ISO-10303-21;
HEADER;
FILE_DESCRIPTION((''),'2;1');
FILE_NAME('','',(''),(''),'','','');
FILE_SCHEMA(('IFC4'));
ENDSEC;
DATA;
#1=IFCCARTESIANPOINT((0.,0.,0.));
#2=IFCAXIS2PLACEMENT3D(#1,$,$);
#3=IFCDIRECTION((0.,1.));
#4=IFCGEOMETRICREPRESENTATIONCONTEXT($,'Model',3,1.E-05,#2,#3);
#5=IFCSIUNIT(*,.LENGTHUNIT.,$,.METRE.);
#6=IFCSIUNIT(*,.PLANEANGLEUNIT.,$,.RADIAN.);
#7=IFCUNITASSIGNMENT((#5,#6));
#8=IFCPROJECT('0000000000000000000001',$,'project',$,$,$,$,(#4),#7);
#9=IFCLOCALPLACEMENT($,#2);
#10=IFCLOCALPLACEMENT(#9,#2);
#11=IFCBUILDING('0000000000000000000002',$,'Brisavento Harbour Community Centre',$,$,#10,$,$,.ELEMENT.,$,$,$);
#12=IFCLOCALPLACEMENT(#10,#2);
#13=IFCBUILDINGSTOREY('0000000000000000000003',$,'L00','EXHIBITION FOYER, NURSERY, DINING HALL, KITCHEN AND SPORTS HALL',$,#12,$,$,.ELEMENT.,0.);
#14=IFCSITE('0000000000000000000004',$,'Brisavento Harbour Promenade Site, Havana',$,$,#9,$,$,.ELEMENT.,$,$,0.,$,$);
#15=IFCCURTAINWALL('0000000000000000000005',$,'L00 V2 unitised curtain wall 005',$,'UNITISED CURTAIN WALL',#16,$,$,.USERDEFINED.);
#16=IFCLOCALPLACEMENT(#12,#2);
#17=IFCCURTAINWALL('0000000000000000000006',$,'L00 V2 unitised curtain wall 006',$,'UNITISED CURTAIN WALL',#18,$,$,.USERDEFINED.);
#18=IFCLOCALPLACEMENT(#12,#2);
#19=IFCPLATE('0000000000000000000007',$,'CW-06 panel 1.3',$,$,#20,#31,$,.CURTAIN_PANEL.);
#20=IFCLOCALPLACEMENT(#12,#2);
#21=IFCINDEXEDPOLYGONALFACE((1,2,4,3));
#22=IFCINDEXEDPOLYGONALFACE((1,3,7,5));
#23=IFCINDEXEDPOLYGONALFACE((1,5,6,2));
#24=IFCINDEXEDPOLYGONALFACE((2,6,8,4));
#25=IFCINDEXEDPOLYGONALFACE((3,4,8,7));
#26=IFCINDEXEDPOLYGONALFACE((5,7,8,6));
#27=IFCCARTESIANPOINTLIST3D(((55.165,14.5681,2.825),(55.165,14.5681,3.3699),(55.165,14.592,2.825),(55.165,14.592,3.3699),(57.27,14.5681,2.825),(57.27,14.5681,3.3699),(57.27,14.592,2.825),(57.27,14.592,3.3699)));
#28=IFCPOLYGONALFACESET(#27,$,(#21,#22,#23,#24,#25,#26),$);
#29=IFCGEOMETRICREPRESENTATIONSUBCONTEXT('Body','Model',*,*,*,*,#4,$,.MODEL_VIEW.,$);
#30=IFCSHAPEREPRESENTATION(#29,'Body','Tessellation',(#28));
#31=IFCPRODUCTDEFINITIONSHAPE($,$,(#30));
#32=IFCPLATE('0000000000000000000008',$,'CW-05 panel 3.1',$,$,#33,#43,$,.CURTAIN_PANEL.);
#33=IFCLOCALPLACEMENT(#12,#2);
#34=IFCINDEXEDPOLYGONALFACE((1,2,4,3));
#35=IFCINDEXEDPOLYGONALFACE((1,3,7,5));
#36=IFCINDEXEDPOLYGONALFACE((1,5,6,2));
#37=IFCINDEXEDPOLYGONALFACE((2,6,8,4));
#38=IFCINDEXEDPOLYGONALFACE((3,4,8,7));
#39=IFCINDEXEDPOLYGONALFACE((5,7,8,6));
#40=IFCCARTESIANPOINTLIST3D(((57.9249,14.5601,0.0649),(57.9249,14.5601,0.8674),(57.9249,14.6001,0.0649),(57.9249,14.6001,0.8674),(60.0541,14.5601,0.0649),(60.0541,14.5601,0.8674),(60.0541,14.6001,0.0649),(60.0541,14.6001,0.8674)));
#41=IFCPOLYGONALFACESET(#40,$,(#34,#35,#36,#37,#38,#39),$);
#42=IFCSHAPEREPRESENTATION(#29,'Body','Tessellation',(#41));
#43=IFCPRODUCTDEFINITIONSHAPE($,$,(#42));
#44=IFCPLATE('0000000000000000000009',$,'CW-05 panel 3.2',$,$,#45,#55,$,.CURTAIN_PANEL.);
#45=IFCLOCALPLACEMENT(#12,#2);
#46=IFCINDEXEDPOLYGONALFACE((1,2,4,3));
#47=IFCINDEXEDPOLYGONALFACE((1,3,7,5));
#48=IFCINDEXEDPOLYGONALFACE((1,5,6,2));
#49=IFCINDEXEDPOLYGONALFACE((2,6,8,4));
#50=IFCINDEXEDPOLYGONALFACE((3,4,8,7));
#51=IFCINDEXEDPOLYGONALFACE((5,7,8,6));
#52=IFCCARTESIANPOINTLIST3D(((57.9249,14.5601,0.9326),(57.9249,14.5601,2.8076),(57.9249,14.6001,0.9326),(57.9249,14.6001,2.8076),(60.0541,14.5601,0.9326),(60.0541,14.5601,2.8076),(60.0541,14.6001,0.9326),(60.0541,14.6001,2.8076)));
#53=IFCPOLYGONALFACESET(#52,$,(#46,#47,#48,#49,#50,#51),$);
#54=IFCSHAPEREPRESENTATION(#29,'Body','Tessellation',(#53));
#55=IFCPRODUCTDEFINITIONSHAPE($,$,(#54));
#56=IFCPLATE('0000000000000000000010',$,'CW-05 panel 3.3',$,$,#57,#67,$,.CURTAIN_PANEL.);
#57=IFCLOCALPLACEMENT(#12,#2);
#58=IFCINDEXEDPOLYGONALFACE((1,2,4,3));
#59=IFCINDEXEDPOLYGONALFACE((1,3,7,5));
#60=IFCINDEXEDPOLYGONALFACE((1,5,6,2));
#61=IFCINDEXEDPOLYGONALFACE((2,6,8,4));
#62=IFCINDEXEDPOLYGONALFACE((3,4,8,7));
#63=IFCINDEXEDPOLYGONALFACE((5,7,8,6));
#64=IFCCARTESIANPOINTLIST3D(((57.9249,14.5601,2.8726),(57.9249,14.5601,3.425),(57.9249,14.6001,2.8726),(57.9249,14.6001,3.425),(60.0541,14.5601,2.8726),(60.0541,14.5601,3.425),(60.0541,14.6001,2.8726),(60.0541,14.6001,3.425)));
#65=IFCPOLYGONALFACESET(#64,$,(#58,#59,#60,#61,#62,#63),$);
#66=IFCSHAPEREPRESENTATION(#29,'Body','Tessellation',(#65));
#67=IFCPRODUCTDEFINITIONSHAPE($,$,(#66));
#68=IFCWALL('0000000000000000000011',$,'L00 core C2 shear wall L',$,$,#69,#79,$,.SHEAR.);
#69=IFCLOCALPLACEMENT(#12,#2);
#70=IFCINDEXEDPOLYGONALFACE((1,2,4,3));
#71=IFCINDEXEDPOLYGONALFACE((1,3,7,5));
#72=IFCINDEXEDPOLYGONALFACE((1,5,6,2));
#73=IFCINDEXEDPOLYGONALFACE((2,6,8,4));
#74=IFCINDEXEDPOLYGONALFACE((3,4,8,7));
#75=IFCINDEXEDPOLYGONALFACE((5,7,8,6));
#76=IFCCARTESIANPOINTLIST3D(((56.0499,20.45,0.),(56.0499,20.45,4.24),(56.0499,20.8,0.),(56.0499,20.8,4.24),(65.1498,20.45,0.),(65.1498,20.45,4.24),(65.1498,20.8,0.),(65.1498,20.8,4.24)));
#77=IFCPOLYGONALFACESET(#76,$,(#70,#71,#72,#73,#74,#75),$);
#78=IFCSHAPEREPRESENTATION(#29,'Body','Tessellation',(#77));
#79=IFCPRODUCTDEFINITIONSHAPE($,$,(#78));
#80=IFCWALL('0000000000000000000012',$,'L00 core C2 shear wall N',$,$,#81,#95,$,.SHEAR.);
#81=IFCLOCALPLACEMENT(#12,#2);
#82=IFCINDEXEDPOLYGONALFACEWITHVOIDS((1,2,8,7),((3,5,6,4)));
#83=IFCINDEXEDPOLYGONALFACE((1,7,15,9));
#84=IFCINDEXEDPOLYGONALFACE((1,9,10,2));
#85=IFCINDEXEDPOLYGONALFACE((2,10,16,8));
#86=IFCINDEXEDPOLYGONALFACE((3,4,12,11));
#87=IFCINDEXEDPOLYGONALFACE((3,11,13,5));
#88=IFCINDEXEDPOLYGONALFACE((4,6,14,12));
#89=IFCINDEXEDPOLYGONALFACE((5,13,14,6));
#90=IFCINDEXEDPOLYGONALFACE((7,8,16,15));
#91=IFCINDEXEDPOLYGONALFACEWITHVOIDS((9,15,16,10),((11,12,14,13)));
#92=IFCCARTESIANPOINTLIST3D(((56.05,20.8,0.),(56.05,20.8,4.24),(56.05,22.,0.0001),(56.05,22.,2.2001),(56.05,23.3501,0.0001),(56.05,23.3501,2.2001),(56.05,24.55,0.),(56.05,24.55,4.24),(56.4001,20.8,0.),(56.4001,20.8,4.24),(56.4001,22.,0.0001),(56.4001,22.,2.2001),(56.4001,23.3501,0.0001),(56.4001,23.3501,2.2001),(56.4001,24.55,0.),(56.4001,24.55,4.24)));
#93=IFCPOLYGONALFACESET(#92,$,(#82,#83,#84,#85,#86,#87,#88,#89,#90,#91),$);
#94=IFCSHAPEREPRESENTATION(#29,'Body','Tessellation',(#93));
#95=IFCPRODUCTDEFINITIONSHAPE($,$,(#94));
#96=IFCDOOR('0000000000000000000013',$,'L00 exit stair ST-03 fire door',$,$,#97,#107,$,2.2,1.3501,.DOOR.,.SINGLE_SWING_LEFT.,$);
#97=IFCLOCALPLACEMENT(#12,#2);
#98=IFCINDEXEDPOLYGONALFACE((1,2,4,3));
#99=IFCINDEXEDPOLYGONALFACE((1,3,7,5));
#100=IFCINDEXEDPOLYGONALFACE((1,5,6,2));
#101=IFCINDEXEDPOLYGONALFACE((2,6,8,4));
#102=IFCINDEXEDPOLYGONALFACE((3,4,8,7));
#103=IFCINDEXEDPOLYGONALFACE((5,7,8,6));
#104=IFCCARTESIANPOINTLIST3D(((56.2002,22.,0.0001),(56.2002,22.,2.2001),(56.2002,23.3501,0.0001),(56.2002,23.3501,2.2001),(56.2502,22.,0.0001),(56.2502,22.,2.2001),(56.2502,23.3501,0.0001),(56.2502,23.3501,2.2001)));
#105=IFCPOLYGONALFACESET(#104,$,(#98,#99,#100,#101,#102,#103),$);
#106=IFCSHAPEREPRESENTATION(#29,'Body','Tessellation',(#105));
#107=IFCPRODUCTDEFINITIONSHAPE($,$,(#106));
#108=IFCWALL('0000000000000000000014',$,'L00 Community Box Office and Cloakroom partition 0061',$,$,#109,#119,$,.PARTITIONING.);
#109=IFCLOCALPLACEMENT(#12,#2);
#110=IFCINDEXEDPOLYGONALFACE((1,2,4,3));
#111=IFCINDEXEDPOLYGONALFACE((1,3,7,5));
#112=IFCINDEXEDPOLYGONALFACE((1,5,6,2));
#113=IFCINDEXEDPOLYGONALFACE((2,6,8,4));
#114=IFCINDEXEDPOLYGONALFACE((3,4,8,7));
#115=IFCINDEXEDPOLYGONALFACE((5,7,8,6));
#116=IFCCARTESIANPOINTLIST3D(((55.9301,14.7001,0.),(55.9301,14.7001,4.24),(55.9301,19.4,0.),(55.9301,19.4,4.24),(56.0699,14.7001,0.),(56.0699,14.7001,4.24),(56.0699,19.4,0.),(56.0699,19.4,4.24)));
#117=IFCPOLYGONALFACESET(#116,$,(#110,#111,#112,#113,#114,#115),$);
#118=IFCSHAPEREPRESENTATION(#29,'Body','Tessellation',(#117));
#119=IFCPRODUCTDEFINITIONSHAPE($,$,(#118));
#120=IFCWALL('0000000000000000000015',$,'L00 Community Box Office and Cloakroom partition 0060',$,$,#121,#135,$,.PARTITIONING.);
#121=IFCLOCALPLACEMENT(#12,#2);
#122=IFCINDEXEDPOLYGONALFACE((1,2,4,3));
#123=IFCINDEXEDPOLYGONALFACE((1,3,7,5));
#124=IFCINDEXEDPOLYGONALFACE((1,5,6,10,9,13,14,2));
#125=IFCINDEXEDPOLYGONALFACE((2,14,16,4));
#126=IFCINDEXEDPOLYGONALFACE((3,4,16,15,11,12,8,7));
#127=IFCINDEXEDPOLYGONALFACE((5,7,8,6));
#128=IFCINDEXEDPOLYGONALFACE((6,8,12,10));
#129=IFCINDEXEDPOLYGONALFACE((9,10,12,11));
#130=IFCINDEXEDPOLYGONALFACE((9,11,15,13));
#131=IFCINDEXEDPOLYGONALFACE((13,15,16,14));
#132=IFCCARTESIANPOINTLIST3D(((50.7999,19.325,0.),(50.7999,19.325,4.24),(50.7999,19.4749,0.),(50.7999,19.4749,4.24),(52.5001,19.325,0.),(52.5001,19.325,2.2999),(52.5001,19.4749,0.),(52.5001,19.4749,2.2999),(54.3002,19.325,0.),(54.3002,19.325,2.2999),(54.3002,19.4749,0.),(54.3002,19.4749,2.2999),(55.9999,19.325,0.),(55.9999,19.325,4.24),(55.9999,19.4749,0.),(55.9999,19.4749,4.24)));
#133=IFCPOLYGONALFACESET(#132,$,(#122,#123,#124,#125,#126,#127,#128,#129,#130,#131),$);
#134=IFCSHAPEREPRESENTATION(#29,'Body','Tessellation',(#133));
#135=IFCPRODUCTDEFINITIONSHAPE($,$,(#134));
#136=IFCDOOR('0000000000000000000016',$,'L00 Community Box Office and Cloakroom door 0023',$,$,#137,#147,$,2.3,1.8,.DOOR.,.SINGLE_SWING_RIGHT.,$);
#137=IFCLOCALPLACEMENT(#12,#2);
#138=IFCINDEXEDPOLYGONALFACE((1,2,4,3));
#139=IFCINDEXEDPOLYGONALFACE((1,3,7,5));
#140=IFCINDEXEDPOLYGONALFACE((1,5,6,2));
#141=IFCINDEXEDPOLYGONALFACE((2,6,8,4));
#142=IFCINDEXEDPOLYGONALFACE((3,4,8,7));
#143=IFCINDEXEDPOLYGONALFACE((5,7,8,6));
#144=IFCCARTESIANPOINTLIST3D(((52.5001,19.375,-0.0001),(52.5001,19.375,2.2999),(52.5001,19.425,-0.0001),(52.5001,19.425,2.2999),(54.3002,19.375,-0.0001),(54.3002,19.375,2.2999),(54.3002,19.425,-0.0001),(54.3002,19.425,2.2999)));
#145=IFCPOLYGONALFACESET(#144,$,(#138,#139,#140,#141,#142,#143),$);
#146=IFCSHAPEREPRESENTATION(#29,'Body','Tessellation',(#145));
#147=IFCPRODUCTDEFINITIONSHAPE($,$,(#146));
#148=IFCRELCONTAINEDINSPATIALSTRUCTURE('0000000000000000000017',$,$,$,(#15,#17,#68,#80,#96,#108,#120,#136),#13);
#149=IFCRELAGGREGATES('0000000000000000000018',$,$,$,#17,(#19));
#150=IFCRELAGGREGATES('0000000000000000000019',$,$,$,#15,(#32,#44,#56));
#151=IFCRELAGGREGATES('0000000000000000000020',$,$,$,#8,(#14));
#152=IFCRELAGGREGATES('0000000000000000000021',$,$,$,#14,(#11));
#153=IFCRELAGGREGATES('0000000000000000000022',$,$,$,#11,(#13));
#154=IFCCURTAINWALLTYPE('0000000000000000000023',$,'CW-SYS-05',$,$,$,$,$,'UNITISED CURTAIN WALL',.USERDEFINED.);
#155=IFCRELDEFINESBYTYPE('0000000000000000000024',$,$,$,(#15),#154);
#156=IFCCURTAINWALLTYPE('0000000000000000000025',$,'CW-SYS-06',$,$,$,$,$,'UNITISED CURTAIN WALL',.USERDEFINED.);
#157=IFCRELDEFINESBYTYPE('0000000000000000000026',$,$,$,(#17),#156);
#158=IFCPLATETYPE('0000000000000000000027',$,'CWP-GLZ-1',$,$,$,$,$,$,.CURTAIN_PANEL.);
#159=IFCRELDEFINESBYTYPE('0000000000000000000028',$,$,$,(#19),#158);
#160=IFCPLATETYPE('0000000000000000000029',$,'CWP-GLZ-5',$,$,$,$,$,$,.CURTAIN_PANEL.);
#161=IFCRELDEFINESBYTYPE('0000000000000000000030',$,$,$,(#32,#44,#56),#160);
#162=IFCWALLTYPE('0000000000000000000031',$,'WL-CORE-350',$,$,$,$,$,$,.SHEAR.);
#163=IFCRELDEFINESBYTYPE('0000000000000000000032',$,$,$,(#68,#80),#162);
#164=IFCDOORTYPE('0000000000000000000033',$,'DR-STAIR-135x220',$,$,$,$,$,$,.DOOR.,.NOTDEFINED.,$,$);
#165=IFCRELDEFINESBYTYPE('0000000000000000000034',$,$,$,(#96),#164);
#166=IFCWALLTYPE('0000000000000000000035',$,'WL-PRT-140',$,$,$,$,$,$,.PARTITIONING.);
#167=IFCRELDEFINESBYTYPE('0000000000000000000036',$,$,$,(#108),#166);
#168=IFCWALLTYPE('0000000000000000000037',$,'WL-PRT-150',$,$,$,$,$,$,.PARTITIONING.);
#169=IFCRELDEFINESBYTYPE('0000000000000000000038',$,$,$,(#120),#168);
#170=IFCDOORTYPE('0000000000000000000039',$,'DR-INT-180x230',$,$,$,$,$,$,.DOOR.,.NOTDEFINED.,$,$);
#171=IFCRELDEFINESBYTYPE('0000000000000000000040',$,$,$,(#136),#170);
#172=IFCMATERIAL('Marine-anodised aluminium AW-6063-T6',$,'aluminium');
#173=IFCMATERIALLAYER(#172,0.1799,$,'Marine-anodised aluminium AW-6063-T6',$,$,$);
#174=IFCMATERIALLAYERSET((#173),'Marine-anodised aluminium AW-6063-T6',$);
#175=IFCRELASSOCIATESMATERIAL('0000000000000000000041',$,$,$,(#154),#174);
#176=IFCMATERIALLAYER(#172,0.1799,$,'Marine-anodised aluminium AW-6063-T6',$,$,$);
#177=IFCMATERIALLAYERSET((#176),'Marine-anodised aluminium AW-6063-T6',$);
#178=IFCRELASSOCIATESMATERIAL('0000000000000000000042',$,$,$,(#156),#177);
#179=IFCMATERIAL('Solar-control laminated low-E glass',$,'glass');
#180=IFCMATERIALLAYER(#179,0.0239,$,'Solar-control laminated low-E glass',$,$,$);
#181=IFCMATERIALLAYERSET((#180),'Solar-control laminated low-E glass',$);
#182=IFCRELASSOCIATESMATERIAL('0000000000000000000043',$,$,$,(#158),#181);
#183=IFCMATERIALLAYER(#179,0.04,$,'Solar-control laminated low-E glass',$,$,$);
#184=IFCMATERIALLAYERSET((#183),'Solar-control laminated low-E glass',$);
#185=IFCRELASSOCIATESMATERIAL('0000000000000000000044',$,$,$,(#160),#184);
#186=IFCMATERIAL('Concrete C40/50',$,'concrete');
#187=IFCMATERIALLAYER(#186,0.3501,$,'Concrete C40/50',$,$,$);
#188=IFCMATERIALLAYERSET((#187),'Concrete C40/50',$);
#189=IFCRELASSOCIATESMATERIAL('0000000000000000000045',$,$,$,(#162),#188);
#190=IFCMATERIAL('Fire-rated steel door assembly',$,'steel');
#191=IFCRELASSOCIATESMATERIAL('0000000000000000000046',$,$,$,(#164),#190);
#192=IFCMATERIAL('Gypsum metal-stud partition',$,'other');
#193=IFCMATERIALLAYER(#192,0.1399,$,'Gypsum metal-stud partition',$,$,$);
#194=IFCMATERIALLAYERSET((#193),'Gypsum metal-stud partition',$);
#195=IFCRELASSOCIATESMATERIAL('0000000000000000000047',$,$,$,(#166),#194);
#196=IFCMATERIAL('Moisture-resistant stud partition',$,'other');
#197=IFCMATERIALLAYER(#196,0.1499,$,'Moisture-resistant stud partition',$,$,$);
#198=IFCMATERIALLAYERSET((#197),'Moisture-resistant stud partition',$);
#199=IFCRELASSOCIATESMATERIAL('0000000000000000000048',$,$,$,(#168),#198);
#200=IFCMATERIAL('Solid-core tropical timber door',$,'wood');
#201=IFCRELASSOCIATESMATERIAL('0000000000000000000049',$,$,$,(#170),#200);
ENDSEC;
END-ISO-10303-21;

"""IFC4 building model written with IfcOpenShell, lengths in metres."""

from ifc_helpers import new_model, si_unit, direction, frame, frame_2d, origin, origin_2d, place, context, subcontext, project, spatial, rectangle, extrude, material, layer, layer_set, type_object, element, fill, aggregate, save


model = new_model("IFC4")

# Units and contexts
model_context = context("Model", 3, precision=1e-05, world=origin(), true_north=direction((0.0, 1.0)))
body_context = subcontext(model_context, "Body", "Model", "MODEL_VIEW")
ifc_project = project(units=[si_unit("LENGTHUNIT", "METRE"), si_unit("PLANEANGLEUNIT", "RADIAN")], contexts=[model_context])

# Site, building, storey
site_placement = place(None, origin())
site = spatial("IfcSite", under=ifc_project, at=site_placement, Name="Brisavento Harbour Promenade Site, Havana", CompositionType="ELEMENT", RefElevation=0.0)
building_placement = place(site_placement, origin())
building = spatial("IfcBuilding", under=site, at=building_placement, Name="Brisavento Harbour Community Centre", CompositionType="ELEMENT")
storey_placement = place(building_placement, origin())
storey = spatial("IfcBuildingStorey", under=building, at=storey_placement, Name="L00", Description="EXHIBITION FOYER, NURSERY, DINING HALL, KITCHEN AND SPORTS HALL", CompositionType="ELEMENT", Elevation=0.0)

# Curtain wall
ifc_material_1 = material(Name="Marine-anodised aluminium AW-6063-T6", Category="aluminium")
ifc_layer_1 = layer(ifc_material_1, 0.1799, Name="Marine-anodised aluminium AW-6063-T6")
ifc_layer_set_1 = layer_set([ifc_layer_1], Name="Marine-anodised aluminium AW-6063-T6")
curtain_wall_type_1 = type_object("IfcCurtainWallType", Name="CW-SYS-05", ElementType="UNITISED CURTAIN WALL", PredefinedType="USERDEFINED", material=ifc_layer_set_1)
curtain_wall_1_placement = place(storey_placement, origin())
curtain_wall_1 = element("IfcCurtainWall", 1, at=curtain_wall_1_placement, inside=storey, type_object=curtain_wall_type_1, Name="L00 V2 unitised curtain wall 005", ObjectType="UNITISED CURTAIN WALL", PredefinedType="USERDEFINED")

# Curtain wall
ifc_layer_2 = layer(ifc_material_1, 0.1799, Name="Marine-anodised aluminium AW-6063-T6")
ifc_layer_set_2 = layer_set([ifc_layer_2], Name="Marine-anodised aluminium AW-6063-T6")
curtain_wall_type_2 = type_object("IfcCurtainWallType", Name="CW-SYS-06", ElementType="UNITISED CURTAIN WALL", PredefinedType="USERDEFINED", material=ifc_layer_set_2)
curtain_wall_2_placement = place(storey_placement, origin())
curtain_wall_2 = element("IfcCurtainWall", 2, at=curtain_wall_2_placement, inside=storey, type_object=curtain_wall_type_2, Name="L00 V2 unitised curtain wall 006", ObjectType="UNITISED CURTAIN WALL", PredefinedType="USERDEFINED")

# Plates
ifc_material_2 = material(Name="Solar-control laminated low-E glass", Category="glass")
ifc_layer_3 = layer(ifc_material_2, 0.0239, Name="Solar-control laminated low-E glass")
ifc_layer_set_3 = layer_set([ifc_layer_3], Name="Solar-control laminated low-E glass")
plate_type_1 = type_object("IfcPlateType", Name="CWP-GLZ-1", PredefinedType="CURTAIN_PANEL", material=ifc_layer_set_3)
plate_1_placement = place(storey_placement, frame((56.2175, 14.5801, 2.825), z_axis=(0.0, 0.0, 1.0), x_axis=(-1.0, 0.0, 0.0)))
plate_1 = element("IfcPlate", 3, at=plate_1_placement, type_object=plate_type_1, Name="CW-06 panel 1.3", PredefinedType="CURTAIN_PANEL", context=body_context, shape_type="SweptSolid", body=[
    extrude(rectangle(XDim=2.105, YDim=0.0239, at=origin_2d()), origin(), (0.0, 0.0, 1.0), 0.5449),
])
aggregate(curtain_wall_2, [plate_1])
ifc_layer_4 = layer(ifc_material_2, 0.04, Name="Solar-control laminated low-E glass")
ifc_layer_set_4 = layer_set([ifc_layer_4], Name="Solar-control laminated low-E glass")
plate_type_2 = type_object("IfcPlateType", Name="CWP-GLZ-5", PredefinedType="CURTAIN_PANEL", material=ifc_layer_set_4)
plate_2_placement = place(storey_placement, frame((58.9895, 14.5801, 0.0649), z_axis=(0.0, 0.0, 1.0), x_axis=(-1.0, 0.0, 0.0)))
plate_2 = element("IfcPlate", 4, at=plate_2_placement, type_object=plate_type_2, Name="CW-05 panel 3.1", PredefinedType="CURTAIN_PANEL", context=body_context, shape_type="SweptSolid", body=[
    extrude(rectangle(XDim=2.1292, YDim=0.04, at=origin_2d()), origin(), (0.0, 0.0, 1.0), 0.8025),
])
plate_3_placement = place(storey_placement, frame((58.9895, 14.5801, 0.9326), z_axis=(0.0, 0.0, 1.0), x_axis=(-1.0, 0.0, 0.0)))
plate_3 = element("IfcPlate", 5, at=plate_3_placement, type_object=plate_type_2, Name="CW-05 panel 3.2", PredefinedType="CURTAIN_PANEL", context=body_context, shape_type="SweptSolid", body=[
    extrude(rectangle(XDim=2.1292, YDim=0.04, at=origin_2d()), origin(), (0.0, 0.0, 1.0), 1.875),
])
plate_4_placement = place(storey_placement, frame((58.9895, 14.5801, 2.8726), z_axis=(0.0, 0.0, 1.0), x_axis=(-1.0, 0.0, 0.0)))
plate_4 = element("IfcPlate", 6, at=plate_4_placement, type_object=plate_type_2, Name="CW-05 panel 3.3", PredefinedType="CURTAIN_PANEL", context=body_context, shape_type="SweptSolid", body=[
    extrude(rectangle(XDim=2.1292, YDim=0.04, at=origin_2d()), origin(), (0.0, 0.0, 1.0), 0.5525),
])
aggregate(curtain_wall_1, [plate_2, plate_3, plate_4])

# Wall
ifc_material_3 = material(Name="Concrete C40/50", Category="concrete")
ifc_layer_5 = layer(ifc_material_3, 0.3501, Name="Concrete C40/50")
ifc_layer_set_5 = layer_set([ifc_layer_5], Name="Concrete C40/50")
wall_type_1 = type_object("IfcWallType", Name="WL-CORE-350", PredefinedType="SHEAR", material=ifc_layer_set_5)
wall_1_placement = place(storey_placement, frame((56.05, 20.625, 0.0), z_axis=(0.0, 0.0, 1.0), x_axis=(1.0, 0.0, 0.0)))
element("IfcWall", 7, at=wall_1_placement, inside=storey, type_object=wall_type_1, Name="L00 core C2 shear wall L", PredefinedType="SHEAR", context=body_context, shape_type="SweptSolid", body=[
    extrude(rectangle(XDim=9.0999, YDim=0.3501, at=frame_2d((4.5498, 0.0))), origin(), (0.0, 0.0, 1.0), 4.24),
])

# Wall, opening, door
wall_2_placement = place(storey_placement, frame((56.2251, 20.8, 0.0), z_axis=(0.0, 0.0, 1.0), x_axis=(0.0, 1.0, 0.0)))
wall_2 = element("IfcWall", 8, at=wall_2_placement, inside=storey, type_object=wall_type_1, Name="L00 core C2 shear wall N", PredefinedType="SHEAR", context=body_context, shape_type="SweptSolid", body=[
    extrude(rectangle(XDim=3.75, YDim=0.3501, at=frame_2d((1.875, 0.0))), origin(), (0.0, 0.0, 1.0), 4.24),
])
opening_1_placement = place(wall_2_placement, frame((1.2, 0.0, 0.0)))
opening_1 = element("IfcOpeningElement", 9, at=opening_1_placement, cuts=wall_2, PredefinedType="OPENING", context=body_context, shape_type="SweptSolid", body=[
    extrude(rectangle(XDim=1.3501, YDim=2.2, at=frame_2d((0.675, 1.1001))), frame((0.0, 0.1851, 0.0), z_axis=(0.0, -1.0, 0.0), x_axis=(1.0, 0.0, 0.0)), (0.0, 0.0, 1.0), 0.3701),
])
ifc_material_4 = material(Name="Fire-rated steel door assembly", Category="steel")
door_type_1 = type_object("IfcDoorType", Name="DR-STAIR-135x220", OperationType="NOTDEFINED", PredefinedType="DOOR", material=ifc_material_4)
door_1_placement = place(opening_1_placement, origin())
door_1 = element("IfcDoor", 10, at=door_1_placement, inside=storey, type_object=door_type_1, Name="L00 exit stair ST-03 fire door", OperationType="SINGLE_SWING_LEFT", OverallHeight=2.2, OverallWidth=1.3501, PredefinedType="DOOR", context=body_context, shape_type="SweptSolid", body=[
    extrude(rectangle(XDim=1.3501, YDim=2.2, at=frame_2d((0.675, 1.1001))), frame((0.0, 0.0249, 0.0), z_axis=(0.0, -1.0, 0.0), x_axis=(1.0, 0.0, 0.0)), (0.0, 0.0, 1.0), 0.05),
])
fill(opening_1, door_1)

# Wall
ifc_material_5 = material(Name="Gypsum metal-stud partition", Category="other")
ifc_layer_6 = layer(ifc_material_5, 0.1399, Name="Gypsum metal-stud partition")
ifc_layer_set_6 = layer_set([ifc_layer_6], Name="Gypsum metal-stud partition")
wall_type_2 = type_object("IfcWallType", Name="WL-PRT-140", PredefinedType="PARTITIONING", material=ifc_layer_set_6)
wall_3_placement = place(storey_placement, frame((56.0, 14.7, 0.0), z_axis=(0.0, 0.0, 1.0), x_axis=(0.0, 1.0, 0.0)))
element("IfcWall", 11, at=wall_3_placement, inside=storey, type_object=wall_type_2, Name="L00 Community Box Office and Cloakroom partition 0061", PredefinedType="PARTITIONING", context=body_context, shape_type="SweptSolid", body=[
    extrude(rectangle(XDim=4.7, YDim=0.1399, at=frame_2d((2.3501, 0.0))), origin(), (0.0, 0.0, 1.0), 4.24),
])

# Wall, opening, door
ifc_material_6 = material(Name="Moisture-resistant stud partition", Category="other")
ifc_layer_7 = layer(ifc_material_6, 0.1499, Name="Moisture-resistant stud partition")
ifc_layer_set_7 = layer_set([ifc_layer_7], Name="Moisture-resistant stud partition")
wall_type_3 = type_object("IfcWallType", Name="WL-PRT-150", PredefinedType="PARTITIONING", material=ifc_layer_set_7)
wall_4_placement = place(storey_placement, frame((56.0, 19.3999, 0.0), z_axis=(0.0, 0.0, 1.0), x_axis=(-1.0, 0.0, 0.0)))
wall_4 = element("IfcWall", 12, at=wall_4_placement, inside=storey, type_object=wall_type_3, Name="L00 Community Box Office and Cloakroom partition 0060", PredefinedType="PARTITIONING", context=body_context, shape_type="SweptSolid", body=[
    extrude(rectangle(XDim=5.2, YDim=0.1499, at=frame_2d((2.6001, 0.0))), origin(), (0.0, 0.0, 1.0), 4.24),
])
opening_2_placement = place(wall_4_placement, frame((1.7, 0.0, 0.0)))
opening_2 = element("IfcOpeningElement", 13, at=opening_2_placement, cuts=wall_4, PredefinedType="OPENING", context=body_context, shape_type="SweptSolid", body=[
    extrude(rectangle(XDim=1.8, YDim=2.3, at=frame_2d((0.8999, 1.1499))), frame((0.0, 0.085, 0.0), z_axis=(0.0, -1.0, 0.0), x_axis=(1.0, 0.0, 0.0)), (0.0, 0.0, 1.0), 0.1699),
])
ifc_material_7 = material(Name="Solid-core tropical timber door", Category="wood")
door_type_2 = type_object("IfcDoorType", Name="DR-INT-180x230", OperationType="NOTDEFINED", PredefinedType="DOOR", material=ifc_material_7)
door_2_placement = place(opening_2_placement, origin())
door_2 = element("IfcDoor", 14, at=door_2_placement, inside=storey, type_object=door_type_2, Name="L00 Community Box Office and Cloakroom door 0023", OperationType="SINGLE_SWING_RIGHT", OverallHeight=2.3, OverallWidth=1.8, PredefinedType="DOOR", context=body_context, shape_type="SweptSolid", body=[
    extrude(rectangle(XDim=1.8, YDim=2.3, at=frame_2d((0.8999, 1.1499))), frame((0.0, 0.0249, 0.0), z_axis=(0.0, -1.0, 0.0), x_axis=(1.0, 0.0, 0.0)), (0.0, 0.0, 1.0), 0.05),
])
fill(opening_2, door_2)

save(model, "model.ifc")
